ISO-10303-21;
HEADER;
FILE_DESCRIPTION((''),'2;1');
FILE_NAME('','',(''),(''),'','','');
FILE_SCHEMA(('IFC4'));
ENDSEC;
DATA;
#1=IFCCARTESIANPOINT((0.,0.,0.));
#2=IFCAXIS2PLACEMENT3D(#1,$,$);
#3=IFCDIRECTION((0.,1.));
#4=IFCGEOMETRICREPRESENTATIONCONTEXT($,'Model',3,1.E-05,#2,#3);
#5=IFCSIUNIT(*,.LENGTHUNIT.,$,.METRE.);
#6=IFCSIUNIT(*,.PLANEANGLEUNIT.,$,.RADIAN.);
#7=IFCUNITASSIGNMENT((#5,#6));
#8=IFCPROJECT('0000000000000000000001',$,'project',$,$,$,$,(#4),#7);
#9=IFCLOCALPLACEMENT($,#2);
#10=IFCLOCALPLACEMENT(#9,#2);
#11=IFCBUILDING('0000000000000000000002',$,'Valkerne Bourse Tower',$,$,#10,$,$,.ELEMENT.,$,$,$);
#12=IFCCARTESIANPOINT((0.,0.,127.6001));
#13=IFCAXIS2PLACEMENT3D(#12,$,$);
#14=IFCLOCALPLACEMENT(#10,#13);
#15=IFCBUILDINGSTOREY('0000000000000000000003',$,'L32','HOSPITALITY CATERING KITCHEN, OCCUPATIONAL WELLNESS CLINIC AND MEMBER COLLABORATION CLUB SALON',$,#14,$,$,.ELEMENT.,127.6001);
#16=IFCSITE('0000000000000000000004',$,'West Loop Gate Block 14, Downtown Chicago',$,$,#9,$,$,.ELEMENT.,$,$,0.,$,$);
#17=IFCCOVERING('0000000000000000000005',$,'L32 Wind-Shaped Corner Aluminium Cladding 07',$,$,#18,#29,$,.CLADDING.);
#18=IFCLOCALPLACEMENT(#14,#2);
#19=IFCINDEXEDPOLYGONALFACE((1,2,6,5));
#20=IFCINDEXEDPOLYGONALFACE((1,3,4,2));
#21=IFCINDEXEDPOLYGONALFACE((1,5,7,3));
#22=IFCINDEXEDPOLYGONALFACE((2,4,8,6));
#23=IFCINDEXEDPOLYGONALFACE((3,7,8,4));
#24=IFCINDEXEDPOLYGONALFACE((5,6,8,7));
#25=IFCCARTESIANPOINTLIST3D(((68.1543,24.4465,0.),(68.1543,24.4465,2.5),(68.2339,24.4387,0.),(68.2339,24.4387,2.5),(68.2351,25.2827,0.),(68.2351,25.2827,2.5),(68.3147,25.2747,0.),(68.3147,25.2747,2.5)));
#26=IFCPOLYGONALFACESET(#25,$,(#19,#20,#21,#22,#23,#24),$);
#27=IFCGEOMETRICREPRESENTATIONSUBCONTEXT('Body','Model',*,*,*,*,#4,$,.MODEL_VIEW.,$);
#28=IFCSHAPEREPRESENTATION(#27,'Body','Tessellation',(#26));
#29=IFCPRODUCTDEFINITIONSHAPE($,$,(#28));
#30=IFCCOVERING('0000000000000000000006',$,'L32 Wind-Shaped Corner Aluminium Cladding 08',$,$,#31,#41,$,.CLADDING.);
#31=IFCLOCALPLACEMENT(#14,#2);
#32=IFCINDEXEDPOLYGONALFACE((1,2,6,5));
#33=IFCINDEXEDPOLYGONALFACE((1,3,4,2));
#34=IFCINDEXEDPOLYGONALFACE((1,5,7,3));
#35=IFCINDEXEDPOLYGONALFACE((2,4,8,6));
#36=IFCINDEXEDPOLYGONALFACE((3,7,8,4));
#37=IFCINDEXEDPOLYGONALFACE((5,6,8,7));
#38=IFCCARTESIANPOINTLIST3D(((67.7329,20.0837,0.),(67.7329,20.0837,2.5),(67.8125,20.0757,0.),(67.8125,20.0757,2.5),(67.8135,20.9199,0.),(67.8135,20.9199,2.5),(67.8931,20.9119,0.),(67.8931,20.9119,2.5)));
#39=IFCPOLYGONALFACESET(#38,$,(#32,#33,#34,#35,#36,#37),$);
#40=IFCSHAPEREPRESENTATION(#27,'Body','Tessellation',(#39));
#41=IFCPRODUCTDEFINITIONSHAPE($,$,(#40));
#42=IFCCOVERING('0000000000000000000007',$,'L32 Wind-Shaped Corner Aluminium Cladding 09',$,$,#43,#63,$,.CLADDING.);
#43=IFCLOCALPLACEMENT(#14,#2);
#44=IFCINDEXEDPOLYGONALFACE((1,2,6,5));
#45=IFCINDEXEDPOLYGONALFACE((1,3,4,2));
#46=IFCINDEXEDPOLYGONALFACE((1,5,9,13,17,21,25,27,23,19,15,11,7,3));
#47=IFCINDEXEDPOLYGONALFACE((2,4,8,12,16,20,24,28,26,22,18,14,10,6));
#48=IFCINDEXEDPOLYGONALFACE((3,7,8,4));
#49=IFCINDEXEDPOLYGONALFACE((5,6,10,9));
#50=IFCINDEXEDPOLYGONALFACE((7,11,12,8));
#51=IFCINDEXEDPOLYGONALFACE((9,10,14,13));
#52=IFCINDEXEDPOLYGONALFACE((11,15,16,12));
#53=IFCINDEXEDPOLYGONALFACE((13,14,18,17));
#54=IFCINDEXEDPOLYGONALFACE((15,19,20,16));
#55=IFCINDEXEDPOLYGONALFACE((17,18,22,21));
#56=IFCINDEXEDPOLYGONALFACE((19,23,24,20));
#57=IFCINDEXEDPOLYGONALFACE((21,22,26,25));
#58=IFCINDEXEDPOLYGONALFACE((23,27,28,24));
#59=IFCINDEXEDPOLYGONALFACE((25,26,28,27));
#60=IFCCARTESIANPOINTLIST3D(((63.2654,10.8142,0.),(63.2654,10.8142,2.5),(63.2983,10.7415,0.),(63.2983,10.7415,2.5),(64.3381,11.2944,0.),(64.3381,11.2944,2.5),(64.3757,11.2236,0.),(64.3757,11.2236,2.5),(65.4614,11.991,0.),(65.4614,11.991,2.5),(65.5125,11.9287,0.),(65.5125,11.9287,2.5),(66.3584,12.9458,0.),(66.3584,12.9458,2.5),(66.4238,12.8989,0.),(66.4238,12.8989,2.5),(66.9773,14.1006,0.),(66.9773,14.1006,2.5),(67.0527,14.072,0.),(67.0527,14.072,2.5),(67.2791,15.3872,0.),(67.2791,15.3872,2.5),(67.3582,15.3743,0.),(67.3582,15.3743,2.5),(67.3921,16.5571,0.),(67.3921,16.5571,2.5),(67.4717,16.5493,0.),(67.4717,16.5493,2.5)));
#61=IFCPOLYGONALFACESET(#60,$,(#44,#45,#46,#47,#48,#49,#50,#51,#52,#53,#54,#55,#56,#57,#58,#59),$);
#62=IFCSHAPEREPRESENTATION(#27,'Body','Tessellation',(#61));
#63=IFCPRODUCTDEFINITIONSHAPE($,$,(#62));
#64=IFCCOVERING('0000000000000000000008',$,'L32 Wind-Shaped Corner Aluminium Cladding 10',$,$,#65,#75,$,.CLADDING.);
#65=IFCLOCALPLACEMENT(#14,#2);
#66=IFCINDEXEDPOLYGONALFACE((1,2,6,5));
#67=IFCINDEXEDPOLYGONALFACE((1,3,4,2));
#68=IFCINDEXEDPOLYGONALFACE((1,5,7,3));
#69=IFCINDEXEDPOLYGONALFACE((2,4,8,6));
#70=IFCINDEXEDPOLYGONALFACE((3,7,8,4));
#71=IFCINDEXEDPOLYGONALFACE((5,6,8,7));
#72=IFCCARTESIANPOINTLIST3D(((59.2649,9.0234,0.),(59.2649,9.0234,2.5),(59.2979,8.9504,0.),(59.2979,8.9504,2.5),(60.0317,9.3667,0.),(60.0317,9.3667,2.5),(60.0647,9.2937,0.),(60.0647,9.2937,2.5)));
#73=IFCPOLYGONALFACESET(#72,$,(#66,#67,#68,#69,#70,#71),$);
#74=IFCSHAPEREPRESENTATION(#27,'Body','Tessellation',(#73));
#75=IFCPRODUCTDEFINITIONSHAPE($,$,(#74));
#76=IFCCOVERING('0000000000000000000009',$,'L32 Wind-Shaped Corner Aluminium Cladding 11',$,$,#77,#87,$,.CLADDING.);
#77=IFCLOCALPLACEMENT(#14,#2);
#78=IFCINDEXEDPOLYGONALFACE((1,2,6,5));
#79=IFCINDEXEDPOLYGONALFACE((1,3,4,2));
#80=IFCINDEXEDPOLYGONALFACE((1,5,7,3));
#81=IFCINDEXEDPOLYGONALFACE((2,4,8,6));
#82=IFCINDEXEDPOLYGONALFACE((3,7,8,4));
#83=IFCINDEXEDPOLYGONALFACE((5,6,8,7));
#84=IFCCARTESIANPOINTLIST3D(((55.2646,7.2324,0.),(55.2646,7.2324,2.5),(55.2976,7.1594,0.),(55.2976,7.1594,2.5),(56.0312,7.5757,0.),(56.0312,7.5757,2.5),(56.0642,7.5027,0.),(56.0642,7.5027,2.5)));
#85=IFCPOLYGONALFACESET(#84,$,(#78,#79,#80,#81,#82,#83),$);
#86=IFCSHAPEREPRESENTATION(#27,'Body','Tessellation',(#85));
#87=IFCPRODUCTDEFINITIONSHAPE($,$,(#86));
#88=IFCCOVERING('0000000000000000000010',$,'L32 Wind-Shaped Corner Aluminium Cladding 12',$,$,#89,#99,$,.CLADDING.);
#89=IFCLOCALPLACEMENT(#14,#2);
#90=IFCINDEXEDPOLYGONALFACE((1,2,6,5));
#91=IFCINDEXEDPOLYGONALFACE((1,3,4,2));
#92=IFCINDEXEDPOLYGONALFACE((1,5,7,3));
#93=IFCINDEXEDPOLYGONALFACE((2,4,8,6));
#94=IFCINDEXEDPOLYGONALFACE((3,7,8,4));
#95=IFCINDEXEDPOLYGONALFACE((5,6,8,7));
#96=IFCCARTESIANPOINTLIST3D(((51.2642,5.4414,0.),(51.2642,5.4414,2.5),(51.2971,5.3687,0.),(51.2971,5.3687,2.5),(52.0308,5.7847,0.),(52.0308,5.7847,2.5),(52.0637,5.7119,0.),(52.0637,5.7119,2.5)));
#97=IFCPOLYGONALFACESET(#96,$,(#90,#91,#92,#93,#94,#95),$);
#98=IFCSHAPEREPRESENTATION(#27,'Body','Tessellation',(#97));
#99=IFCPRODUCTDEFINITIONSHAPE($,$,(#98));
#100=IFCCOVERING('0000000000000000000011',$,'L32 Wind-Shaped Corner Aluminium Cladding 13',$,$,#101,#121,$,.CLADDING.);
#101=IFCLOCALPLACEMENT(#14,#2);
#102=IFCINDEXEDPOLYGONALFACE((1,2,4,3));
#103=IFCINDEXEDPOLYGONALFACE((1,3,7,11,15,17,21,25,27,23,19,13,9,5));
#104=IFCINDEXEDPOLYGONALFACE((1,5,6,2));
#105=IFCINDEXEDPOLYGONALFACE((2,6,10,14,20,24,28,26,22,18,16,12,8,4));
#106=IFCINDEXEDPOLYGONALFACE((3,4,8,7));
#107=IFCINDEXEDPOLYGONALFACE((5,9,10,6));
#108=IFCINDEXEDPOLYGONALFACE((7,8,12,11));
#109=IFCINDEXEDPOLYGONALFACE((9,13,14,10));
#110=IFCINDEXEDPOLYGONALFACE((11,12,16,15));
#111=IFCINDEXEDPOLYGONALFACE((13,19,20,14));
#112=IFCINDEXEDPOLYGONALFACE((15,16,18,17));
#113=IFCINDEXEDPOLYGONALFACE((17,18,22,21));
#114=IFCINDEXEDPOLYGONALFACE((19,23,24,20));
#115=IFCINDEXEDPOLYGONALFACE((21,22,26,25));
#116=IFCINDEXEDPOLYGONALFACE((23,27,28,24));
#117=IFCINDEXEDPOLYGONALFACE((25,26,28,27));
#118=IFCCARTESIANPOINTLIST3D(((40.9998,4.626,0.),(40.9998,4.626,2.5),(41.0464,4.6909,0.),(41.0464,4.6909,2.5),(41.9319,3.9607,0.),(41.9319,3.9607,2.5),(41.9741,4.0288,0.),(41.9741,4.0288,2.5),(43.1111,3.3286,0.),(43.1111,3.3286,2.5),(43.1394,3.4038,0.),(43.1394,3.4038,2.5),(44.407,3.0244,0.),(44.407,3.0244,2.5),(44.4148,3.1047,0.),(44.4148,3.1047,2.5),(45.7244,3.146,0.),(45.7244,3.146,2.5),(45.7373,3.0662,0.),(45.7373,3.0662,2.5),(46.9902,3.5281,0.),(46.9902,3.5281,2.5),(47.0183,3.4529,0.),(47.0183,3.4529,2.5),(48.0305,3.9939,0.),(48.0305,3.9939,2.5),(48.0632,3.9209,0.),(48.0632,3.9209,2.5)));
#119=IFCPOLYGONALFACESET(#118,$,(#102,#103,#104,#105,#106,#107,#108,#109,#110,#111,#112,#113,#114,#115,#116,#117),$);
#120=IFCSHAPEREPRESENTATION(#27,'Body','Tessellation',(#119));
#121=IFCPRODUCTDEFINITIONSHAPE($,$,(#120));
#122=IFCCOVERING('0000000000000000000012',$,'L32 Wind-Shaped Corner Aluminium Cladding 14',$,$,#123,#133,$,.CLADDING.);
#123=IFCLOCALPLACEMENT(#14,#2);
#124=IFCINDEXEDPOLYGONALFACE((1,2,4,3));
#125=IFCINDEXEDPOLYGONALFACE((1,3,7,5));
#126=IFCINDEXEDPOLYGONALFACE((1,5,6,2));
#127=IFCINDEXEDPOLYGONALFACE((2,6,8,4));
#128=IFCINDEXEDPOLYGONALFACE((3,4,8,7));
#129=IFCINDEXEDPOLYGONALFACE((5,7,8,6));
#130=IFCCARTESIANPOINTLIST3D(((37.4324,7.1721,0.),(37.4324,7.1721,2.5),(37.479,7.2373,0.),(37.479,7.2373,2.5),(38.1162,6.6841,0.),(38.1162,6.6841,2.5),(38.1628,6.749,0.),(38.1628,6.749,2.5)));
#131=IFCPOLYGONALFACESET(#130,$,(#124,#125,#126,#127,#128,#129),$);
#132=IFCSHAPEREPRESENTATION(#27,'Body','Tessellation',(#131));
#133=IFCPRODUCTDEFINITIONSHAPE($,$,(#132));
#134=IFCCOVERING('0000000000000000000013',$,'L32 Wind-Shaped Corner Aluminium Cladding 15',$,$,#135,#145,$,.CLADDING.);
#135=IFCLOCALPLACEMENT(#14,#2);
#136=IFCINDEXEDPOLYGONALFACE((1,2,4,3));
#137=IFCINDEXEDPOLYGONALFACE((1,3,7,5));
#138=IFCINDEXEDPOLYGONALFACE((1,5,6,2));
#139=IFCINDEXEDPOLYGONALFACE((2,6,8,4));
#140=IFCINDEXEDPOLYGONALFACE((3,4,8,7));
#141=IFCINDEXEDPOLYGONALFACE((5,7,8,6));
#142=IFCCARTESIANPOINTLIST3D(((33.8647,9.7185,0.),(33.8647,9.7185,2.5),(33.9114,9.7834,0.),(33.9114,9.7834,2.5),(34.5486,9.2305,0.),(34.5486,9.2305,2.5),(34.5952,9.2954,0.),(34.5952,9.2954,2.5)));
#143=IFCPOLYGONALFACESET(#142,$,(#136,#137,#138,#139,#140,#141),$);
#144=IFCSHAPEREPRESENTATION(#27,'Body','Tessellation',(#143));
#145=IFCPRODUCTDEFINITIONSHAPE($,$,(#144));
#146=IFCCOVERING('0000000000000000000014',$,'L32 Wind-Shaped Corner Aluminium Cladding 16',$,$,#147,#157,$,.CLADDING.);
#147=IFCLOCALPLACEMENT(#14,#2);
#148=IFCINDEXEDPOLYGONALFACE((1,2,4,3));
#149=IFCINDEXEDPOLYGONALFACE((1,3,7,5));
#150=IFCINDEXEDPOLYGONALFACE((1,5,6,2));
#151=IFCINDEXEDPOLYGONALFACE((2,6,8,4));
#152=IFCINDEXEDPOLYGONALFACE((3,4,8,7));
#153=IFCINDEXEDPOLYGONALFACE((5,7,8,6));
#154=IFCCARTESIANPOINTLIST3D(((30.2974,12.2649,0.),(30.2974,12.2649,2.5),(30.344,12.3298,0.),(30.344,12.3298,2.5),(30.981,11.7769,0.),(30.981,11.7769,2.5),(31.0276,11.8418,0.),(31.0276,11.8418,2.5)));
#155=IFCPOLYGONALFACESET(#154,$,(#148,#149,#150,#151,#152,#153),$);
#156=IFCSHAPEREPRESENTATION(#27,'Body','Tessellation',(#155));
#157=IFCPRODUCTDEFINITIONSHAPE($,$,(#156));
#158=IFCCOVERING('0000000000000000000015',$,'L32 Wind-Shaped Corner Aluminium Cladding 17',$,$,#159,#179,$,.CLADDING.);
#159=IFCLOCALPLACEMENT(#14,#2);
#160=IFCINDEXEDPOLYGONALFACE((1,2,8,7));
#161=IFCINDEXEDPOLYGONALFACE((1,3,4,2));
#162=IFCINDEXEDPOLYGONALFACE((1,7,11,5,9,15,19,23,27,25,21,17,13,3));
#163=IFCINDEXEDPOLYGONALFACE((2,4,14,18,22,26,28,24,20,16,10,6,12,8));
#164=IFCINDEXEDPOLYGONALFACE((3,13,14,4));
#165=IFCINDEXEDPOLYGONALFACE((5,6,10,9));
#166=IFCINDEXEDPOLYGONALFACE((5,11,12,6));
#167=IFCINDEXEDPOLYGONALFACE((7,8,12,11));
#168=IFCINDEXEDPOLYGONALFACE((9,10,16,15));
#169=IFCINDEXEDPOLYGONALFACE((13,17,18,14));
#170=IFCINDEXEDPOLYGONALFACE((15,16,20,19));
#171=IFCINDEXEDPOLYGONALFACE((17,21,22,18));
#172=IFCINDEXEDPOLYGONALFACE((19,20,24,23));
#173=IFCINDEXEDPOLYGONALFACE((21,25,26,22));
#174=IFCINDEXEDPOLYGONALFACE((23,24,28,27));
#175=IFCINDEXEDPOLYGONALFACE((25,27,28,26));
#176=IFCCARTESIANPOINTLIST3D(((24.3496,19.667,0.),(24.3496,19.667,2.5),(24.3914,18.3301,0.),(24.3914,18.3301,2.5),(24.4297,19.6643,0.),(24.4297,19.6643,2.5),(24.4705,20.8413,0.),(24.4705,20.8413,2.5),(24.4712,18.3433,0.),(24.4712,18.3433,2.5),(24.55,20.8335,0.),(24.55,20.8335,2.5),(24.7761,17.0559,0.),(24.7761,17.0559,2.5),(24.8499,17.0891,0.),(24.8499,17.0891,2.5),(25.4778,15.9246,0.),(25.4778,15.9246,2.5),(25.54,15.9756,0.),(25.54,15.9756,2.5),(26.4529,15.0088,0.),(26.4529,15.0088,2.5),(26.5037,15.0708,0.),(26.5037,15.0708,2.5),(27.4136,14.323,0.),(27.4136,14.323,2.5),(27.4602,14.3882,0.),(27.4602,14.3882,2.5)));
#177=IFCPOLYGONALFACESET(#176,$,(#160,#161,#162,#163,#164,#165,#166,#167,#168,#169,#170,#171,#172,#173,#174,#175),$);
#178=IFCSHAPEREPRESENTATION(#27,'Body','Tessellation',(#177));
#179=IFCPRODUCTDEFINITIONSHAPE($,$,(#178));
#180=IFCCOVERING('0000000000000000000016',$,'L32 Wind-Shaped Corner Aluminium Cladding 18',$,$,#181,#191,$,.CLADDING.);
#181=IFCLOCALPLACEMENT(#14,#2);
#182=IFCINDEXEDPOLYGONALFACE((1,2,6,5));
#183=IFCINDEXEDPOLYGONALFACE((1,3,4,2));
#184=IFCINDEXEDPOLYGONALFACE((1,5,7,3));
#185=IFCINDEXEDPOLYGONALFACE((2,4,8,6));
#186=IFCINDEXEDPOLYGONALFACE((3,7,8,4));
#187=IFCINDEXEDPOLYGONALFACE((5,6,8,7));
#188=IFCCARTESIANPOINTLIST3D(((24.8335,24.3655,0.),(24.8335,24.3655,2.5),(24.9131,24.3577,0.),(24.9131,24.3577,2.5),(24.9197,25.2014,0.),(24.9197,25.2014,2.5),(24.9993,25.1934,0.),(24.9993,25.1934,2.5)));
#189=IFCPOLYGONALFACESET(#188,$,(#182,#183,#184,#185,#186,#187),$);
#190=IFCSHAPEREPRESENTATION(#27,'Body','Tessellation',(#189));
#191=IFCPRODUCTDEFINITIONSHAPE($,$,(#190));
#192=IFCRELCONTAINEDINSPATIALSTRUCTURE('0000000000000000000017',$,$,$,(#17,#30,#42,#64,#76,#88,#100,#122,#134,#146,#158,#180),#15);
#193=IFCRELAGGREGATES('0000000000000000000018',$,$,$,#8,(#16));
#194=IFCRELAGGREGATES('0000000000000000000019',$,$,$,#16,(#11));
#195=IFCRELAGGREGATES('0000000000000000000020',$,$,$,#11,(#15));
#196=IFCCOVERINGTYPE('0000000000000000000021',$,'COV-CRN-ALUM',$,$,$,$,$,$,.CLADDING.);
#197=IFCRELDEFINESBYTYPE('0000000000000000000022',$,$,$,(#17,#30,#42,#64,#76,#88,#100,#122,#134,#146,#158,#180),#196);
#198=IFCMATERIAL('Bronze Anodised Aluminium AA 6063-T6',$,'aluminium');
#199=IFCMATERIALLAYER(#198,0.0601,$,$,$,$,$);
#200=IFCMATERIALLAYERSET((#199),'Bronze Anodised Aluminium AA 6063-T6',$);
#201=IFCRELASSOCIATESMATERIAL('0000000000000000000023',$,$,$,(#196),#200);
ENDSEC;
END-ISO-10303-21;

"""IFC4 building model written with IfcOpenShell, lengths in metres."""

from ifc_helpers import new_model, si_unit, direction, frame, origin, place, context, subcontext, project, spatial, polyline, outline, extrude, material, layer, layer_set, type_object, element, save


model = new_model("IFC4")

# Units and contexts
model_context = context("Model", 3, precision=1e-05, world=origin(), true_north=direction((0.0, 1.0)))
body_context = subcontext(model_context, "Body", "Model", "MODEL_VIEW")
ifc_project = project(units=[si_unit("LENGTHUNIT", "METRE"), si_unit("PLANEANGLEUNIT", "RADIAN")], contexts=[model_context])

# Site, building, storey
site_placement = place(None, origin())
site = spatial("IfcSite", under=ifc_project, at=site_placement, Name="West Loop Gate Block 14, Downtown Chicago", CompositionType="ELEMENT", RefElevation=0.0)
building_placement = place(site_placement, origin())
building = spatial("IfcBuilding", under=site, at=building_placement, Name="Valkerne Bourse Tower", CompositionType="ELEMENT")
storey_placement = place(building_placement, frame((0.0, 0.0, 127.6001)))
storey = spatial("IfcBuildingStorey", under=building, at=storey_placement, Name="L32", Description="HOSPITALITY CATERING KITCHEN, OCCUPATIONAL WELLNESS CLINIC AND MEMBER COLLABORATION CLUB SALON", CompositionType="ELEMENT", Elevation=127.6001)

# Coverings
ifc_material_1 = material(Name="Bronze Anodised Aluminium AA 6063-T6", Category="aluminium")
ifc_layer_1 = layer(ifc_material_1, 0.0601)
ifc_layer_set_1 = layer_set([ifc_layer_1], Name="Bronze Anodised Aluminium AA 6063-T6")
covering_type = type_object("IfcCoveringType", Name="COV-CRN-ALUM", PredefinedType="CLADDING", material=ifc_layer_set_1)
covering_1_placement = place(storey_placement, origin())
element("IfcCovering", 1, at=covering_1_placement, inside=storey, type_object=covering_type, Name="L32 Wind-Shaped Corner Aluminium Cladding 07", PredefinedType="CLADDING", context=body_context, shape_type="SweptSolid", body=[
    extrude(outline(polyline([(68.2339, 24.4387), (68.1543, 24.4465), (68.2351, 25.2827), (68.3147, 25.2747), (68.2339, 24.4387)])), origin(), (0.0, 0.0, 1.0), 2.5),
])
covering_2_placement = place(storey_placement, origin())
element("IfcCovering", 2, at=covering_2_placement, inside=storey, type_object=covering_type, Name="L32 Wind-Shaped Corner Aluminium Cladding 08", PredefinedType="CLADDING", context=body_context, shape_type="SweptSolid", body=[
    extrude(outline(polyline([(67.8125, 20.0757), (67.7329, 20.0837), (67.8135, 20.9199), (67.8931, 20.9119), (67.8125, 20.0757)])), origin(), (0.0, 0.0, 1.0), 2.5),
])
covering_3_placement = place(storey_placement, origin())
element("IfcCovering", 3, at=covering_3_placement, inside=storey, type_object=covering_type, Name="L32 Wind-Shaped Corner Aluminium Cladding 09", PredefinedType="CLADDING", context=body_context, shape_type="SweptSolid", body=[
    extrude(outline(polyline([(67.3582, 15.3743), (67.0527, 14.072), (66.4238, 12.8989), (65.5125, 11.9287), (64.3757, 11.2236), (63.2983, 10.7415), (63.2654, 10.8142), (64.3381, 11.2944), (65.4614, 11.991), (66.3584, 12.9458), (66.9773, 14.1006), (67.2791, 15.3872), (67.3921, 16.5571), (67.4717, 16.5493), (67.3582, 15.3743)])), origin(), (0.0, 0.0, 1.0), 2.5),
])
covering_4_placement = place(storey_placement, origin())
element("IfcCovering", 4, at=covering_4_placement, inside=storey, type_object=covering_type, Name="L32 Wind-Shaped Corner Aluminium Cladding 10", PredefinedType="CLADDING", context=body_context, shape_type="SweptSolid", body=[
    extrude(outline(polyline([(59.2979, 8.9504), (59.2649, 9.0234), (60.0317, 9.3667), (60.0647, 9.2937), (59.2979, 8.9504)])), origin(), (0.0, 0.0, 1.0), 2.5),
])
covering_5_placement = place(storey_placement, origin())
element("IfcCovering", 5, at=covering_5_placement, inside=storey, type_object=covering_type, Name="L32 Wind-Shaped Corner Aluminium Cladding 11", PredefinedType="CLADDING", context=body_context, shape_type="SweptSolid", body=[
    extrude(outline(polyline([(55.2976, 7.1594), (55.2646, 7.2324), (56.0312, 7.5757), (56.0642, 7.5027), (55.2976, 7.1594)])), origin(), (0.0, 0.0, 1.0), 2.5),
])
covering_6_placement = place(storey_placement, origin())
element("IfcCovering", 6, at=covering_6_placement, inside=storey, type_object=covering_type, Name="L32 Wind-Shaped Corner Aluminium Cladding 12", PredefinedType="CLADDING", context=body_context, shape_type="SweptSolid", body=[
    extrude(outline(polyline([(51.2971, 5.3687), (51.2642, 5.4414), (52.0308, 5.7847), (52.0637, 5.7119), (51.2971, 5.3687)])), origin(), (0.0, 0.0, 1.0), 2.5),
])
covering_7_placement = place(storey_placement, origin())
element("IfcCovering", 7, at=covering_7_placement, inside=storey, type_object=covering_type, Name="L32 Wind-Shaped Corner Aluminium Cladding 13", PredefinedType="CLADDING", context=body_context, shape_type="SweptSolid", body=[
    extrude(outline(polyline([(47.0183, 3.4529), (45.7373, 3.0662), (44.407, 3.0244), (43.1111, 3.3286), (41.9319, 3.9607), (40.9998, 4.626), (41.0464, 4.6909), (41.9741, 4.0288), (43.1394, 3.4038), (44.4148, 3.1047), (45.7244, 3.146), (46.9902, 3.5281), (48.0305, 3.9939), (48.0632, 3.9209), (47.0183, 3.4529)])), origin(), (0.0, 0.0, 1.0), 2.5),
])
covering_8_placement = place(storey_placement, origin())
element("IfcCovering", 8, at=covering_8_placement, inside=storey, type_object=covering_type, Name="L32 Wind-Shaped Corner Aluminium Cladding 14", PredefinedType="CLADDING", context=body_context, shape_type="SweptSolid", body=[
    extrude(outline(polyline([(37.4324, 7.1721), (37.479, 7.2373), (38.1628, 6.749), (38.1162, 6.6841), (37.4324, 7.1721)])), origin(), (0.0, 0.0, 1.0), 2.5),
])
covering_9_placement = place(storey_placement, origin())
element("IfcCovering", 9, at=covering_9_placement, inside=storey, type_object=covering_type, Name="L32 Wind-Shaped Corner Aluminium Cladding 15", PredefinedType="CLADDING", context=body_context, shape_type="SweptSolid", body=[
    extrude(outline(polyline([(33.8647, 9.7185), (33.9114, 9.7834), (34.5952, 9.2954), (34.5486, 9.2305), (33.8647, 9.7185)])), origin(), (0.0, 0.0, 1.0), 2.5),
])
covering_10_placement = place(storey_placement, origin())
element("IfcCovering", 10, at=covering_10_placement, inside=storey, type_object=covering_type, Name="L32 Wind-Shaped Corner Aluminium Cladding 16", PredefinedType="CLADDING", context=body_context, shape_type="SweptSolid", body=[
    extrude(outline(polyline([(30.2974, 12.2649), (30.344, 12.3298), (31.0276, 11.8418), (30.981, 11.7769), (30.2974, 12.2649)])), origin(), (0.0, 0.0, 1.0), 2.5),
])
covering_11_placement = place(storey_placement, origin())
element("IfcCovering", 11, at=covering_11_placement, inside=storey, type_object=covering_type, Name="L32 Wind-Shaped Corner Aluminium Cladding 17", PredefinedType="CLADDING", context=body_context, shape_type="SweptSolid", body=[
    extrude(outline(polyline([(26.4529, 15.0088), (25.4778, 15.9246), (24.7761, 17.0559), (24.3914, 18.3301), (24.3496, 19.667), (24.4705, 20.8413), (24.55, 20.8335), (24.4297, 19.6643), (24.4712, 18.3433), (24.8499, 17.0891), (25.54, 15.9756), (26.5037, 15.0708), (27.4602, 14.3882), (27.4136, 14.323), (26.4529, 15.0088)])), origin(), (0.0, 0.0, 1.0), 2.5),
])
covering_12_placement = place(storey_placement, origin())
element("IfcCovering", 12, at=covering_12_placement, inside=storey, type_object=covering_type, Name="L32 Wind-Shaped Corner Aluminium Cladding 18", PredefinedType="CLADDING", context=body_context, shape_type="SweptSolid", body=[
    extrude(outline(polyline([(24.9197, 25.2014), (24.9993, 25.1934), (24.9131, 24.3577), (24.8335, 24.3655), (24.9197, 25.2014)])), origin(), (0.0, 0.0, 1.0), 2.5),
])

save(model, "model.ifc")
